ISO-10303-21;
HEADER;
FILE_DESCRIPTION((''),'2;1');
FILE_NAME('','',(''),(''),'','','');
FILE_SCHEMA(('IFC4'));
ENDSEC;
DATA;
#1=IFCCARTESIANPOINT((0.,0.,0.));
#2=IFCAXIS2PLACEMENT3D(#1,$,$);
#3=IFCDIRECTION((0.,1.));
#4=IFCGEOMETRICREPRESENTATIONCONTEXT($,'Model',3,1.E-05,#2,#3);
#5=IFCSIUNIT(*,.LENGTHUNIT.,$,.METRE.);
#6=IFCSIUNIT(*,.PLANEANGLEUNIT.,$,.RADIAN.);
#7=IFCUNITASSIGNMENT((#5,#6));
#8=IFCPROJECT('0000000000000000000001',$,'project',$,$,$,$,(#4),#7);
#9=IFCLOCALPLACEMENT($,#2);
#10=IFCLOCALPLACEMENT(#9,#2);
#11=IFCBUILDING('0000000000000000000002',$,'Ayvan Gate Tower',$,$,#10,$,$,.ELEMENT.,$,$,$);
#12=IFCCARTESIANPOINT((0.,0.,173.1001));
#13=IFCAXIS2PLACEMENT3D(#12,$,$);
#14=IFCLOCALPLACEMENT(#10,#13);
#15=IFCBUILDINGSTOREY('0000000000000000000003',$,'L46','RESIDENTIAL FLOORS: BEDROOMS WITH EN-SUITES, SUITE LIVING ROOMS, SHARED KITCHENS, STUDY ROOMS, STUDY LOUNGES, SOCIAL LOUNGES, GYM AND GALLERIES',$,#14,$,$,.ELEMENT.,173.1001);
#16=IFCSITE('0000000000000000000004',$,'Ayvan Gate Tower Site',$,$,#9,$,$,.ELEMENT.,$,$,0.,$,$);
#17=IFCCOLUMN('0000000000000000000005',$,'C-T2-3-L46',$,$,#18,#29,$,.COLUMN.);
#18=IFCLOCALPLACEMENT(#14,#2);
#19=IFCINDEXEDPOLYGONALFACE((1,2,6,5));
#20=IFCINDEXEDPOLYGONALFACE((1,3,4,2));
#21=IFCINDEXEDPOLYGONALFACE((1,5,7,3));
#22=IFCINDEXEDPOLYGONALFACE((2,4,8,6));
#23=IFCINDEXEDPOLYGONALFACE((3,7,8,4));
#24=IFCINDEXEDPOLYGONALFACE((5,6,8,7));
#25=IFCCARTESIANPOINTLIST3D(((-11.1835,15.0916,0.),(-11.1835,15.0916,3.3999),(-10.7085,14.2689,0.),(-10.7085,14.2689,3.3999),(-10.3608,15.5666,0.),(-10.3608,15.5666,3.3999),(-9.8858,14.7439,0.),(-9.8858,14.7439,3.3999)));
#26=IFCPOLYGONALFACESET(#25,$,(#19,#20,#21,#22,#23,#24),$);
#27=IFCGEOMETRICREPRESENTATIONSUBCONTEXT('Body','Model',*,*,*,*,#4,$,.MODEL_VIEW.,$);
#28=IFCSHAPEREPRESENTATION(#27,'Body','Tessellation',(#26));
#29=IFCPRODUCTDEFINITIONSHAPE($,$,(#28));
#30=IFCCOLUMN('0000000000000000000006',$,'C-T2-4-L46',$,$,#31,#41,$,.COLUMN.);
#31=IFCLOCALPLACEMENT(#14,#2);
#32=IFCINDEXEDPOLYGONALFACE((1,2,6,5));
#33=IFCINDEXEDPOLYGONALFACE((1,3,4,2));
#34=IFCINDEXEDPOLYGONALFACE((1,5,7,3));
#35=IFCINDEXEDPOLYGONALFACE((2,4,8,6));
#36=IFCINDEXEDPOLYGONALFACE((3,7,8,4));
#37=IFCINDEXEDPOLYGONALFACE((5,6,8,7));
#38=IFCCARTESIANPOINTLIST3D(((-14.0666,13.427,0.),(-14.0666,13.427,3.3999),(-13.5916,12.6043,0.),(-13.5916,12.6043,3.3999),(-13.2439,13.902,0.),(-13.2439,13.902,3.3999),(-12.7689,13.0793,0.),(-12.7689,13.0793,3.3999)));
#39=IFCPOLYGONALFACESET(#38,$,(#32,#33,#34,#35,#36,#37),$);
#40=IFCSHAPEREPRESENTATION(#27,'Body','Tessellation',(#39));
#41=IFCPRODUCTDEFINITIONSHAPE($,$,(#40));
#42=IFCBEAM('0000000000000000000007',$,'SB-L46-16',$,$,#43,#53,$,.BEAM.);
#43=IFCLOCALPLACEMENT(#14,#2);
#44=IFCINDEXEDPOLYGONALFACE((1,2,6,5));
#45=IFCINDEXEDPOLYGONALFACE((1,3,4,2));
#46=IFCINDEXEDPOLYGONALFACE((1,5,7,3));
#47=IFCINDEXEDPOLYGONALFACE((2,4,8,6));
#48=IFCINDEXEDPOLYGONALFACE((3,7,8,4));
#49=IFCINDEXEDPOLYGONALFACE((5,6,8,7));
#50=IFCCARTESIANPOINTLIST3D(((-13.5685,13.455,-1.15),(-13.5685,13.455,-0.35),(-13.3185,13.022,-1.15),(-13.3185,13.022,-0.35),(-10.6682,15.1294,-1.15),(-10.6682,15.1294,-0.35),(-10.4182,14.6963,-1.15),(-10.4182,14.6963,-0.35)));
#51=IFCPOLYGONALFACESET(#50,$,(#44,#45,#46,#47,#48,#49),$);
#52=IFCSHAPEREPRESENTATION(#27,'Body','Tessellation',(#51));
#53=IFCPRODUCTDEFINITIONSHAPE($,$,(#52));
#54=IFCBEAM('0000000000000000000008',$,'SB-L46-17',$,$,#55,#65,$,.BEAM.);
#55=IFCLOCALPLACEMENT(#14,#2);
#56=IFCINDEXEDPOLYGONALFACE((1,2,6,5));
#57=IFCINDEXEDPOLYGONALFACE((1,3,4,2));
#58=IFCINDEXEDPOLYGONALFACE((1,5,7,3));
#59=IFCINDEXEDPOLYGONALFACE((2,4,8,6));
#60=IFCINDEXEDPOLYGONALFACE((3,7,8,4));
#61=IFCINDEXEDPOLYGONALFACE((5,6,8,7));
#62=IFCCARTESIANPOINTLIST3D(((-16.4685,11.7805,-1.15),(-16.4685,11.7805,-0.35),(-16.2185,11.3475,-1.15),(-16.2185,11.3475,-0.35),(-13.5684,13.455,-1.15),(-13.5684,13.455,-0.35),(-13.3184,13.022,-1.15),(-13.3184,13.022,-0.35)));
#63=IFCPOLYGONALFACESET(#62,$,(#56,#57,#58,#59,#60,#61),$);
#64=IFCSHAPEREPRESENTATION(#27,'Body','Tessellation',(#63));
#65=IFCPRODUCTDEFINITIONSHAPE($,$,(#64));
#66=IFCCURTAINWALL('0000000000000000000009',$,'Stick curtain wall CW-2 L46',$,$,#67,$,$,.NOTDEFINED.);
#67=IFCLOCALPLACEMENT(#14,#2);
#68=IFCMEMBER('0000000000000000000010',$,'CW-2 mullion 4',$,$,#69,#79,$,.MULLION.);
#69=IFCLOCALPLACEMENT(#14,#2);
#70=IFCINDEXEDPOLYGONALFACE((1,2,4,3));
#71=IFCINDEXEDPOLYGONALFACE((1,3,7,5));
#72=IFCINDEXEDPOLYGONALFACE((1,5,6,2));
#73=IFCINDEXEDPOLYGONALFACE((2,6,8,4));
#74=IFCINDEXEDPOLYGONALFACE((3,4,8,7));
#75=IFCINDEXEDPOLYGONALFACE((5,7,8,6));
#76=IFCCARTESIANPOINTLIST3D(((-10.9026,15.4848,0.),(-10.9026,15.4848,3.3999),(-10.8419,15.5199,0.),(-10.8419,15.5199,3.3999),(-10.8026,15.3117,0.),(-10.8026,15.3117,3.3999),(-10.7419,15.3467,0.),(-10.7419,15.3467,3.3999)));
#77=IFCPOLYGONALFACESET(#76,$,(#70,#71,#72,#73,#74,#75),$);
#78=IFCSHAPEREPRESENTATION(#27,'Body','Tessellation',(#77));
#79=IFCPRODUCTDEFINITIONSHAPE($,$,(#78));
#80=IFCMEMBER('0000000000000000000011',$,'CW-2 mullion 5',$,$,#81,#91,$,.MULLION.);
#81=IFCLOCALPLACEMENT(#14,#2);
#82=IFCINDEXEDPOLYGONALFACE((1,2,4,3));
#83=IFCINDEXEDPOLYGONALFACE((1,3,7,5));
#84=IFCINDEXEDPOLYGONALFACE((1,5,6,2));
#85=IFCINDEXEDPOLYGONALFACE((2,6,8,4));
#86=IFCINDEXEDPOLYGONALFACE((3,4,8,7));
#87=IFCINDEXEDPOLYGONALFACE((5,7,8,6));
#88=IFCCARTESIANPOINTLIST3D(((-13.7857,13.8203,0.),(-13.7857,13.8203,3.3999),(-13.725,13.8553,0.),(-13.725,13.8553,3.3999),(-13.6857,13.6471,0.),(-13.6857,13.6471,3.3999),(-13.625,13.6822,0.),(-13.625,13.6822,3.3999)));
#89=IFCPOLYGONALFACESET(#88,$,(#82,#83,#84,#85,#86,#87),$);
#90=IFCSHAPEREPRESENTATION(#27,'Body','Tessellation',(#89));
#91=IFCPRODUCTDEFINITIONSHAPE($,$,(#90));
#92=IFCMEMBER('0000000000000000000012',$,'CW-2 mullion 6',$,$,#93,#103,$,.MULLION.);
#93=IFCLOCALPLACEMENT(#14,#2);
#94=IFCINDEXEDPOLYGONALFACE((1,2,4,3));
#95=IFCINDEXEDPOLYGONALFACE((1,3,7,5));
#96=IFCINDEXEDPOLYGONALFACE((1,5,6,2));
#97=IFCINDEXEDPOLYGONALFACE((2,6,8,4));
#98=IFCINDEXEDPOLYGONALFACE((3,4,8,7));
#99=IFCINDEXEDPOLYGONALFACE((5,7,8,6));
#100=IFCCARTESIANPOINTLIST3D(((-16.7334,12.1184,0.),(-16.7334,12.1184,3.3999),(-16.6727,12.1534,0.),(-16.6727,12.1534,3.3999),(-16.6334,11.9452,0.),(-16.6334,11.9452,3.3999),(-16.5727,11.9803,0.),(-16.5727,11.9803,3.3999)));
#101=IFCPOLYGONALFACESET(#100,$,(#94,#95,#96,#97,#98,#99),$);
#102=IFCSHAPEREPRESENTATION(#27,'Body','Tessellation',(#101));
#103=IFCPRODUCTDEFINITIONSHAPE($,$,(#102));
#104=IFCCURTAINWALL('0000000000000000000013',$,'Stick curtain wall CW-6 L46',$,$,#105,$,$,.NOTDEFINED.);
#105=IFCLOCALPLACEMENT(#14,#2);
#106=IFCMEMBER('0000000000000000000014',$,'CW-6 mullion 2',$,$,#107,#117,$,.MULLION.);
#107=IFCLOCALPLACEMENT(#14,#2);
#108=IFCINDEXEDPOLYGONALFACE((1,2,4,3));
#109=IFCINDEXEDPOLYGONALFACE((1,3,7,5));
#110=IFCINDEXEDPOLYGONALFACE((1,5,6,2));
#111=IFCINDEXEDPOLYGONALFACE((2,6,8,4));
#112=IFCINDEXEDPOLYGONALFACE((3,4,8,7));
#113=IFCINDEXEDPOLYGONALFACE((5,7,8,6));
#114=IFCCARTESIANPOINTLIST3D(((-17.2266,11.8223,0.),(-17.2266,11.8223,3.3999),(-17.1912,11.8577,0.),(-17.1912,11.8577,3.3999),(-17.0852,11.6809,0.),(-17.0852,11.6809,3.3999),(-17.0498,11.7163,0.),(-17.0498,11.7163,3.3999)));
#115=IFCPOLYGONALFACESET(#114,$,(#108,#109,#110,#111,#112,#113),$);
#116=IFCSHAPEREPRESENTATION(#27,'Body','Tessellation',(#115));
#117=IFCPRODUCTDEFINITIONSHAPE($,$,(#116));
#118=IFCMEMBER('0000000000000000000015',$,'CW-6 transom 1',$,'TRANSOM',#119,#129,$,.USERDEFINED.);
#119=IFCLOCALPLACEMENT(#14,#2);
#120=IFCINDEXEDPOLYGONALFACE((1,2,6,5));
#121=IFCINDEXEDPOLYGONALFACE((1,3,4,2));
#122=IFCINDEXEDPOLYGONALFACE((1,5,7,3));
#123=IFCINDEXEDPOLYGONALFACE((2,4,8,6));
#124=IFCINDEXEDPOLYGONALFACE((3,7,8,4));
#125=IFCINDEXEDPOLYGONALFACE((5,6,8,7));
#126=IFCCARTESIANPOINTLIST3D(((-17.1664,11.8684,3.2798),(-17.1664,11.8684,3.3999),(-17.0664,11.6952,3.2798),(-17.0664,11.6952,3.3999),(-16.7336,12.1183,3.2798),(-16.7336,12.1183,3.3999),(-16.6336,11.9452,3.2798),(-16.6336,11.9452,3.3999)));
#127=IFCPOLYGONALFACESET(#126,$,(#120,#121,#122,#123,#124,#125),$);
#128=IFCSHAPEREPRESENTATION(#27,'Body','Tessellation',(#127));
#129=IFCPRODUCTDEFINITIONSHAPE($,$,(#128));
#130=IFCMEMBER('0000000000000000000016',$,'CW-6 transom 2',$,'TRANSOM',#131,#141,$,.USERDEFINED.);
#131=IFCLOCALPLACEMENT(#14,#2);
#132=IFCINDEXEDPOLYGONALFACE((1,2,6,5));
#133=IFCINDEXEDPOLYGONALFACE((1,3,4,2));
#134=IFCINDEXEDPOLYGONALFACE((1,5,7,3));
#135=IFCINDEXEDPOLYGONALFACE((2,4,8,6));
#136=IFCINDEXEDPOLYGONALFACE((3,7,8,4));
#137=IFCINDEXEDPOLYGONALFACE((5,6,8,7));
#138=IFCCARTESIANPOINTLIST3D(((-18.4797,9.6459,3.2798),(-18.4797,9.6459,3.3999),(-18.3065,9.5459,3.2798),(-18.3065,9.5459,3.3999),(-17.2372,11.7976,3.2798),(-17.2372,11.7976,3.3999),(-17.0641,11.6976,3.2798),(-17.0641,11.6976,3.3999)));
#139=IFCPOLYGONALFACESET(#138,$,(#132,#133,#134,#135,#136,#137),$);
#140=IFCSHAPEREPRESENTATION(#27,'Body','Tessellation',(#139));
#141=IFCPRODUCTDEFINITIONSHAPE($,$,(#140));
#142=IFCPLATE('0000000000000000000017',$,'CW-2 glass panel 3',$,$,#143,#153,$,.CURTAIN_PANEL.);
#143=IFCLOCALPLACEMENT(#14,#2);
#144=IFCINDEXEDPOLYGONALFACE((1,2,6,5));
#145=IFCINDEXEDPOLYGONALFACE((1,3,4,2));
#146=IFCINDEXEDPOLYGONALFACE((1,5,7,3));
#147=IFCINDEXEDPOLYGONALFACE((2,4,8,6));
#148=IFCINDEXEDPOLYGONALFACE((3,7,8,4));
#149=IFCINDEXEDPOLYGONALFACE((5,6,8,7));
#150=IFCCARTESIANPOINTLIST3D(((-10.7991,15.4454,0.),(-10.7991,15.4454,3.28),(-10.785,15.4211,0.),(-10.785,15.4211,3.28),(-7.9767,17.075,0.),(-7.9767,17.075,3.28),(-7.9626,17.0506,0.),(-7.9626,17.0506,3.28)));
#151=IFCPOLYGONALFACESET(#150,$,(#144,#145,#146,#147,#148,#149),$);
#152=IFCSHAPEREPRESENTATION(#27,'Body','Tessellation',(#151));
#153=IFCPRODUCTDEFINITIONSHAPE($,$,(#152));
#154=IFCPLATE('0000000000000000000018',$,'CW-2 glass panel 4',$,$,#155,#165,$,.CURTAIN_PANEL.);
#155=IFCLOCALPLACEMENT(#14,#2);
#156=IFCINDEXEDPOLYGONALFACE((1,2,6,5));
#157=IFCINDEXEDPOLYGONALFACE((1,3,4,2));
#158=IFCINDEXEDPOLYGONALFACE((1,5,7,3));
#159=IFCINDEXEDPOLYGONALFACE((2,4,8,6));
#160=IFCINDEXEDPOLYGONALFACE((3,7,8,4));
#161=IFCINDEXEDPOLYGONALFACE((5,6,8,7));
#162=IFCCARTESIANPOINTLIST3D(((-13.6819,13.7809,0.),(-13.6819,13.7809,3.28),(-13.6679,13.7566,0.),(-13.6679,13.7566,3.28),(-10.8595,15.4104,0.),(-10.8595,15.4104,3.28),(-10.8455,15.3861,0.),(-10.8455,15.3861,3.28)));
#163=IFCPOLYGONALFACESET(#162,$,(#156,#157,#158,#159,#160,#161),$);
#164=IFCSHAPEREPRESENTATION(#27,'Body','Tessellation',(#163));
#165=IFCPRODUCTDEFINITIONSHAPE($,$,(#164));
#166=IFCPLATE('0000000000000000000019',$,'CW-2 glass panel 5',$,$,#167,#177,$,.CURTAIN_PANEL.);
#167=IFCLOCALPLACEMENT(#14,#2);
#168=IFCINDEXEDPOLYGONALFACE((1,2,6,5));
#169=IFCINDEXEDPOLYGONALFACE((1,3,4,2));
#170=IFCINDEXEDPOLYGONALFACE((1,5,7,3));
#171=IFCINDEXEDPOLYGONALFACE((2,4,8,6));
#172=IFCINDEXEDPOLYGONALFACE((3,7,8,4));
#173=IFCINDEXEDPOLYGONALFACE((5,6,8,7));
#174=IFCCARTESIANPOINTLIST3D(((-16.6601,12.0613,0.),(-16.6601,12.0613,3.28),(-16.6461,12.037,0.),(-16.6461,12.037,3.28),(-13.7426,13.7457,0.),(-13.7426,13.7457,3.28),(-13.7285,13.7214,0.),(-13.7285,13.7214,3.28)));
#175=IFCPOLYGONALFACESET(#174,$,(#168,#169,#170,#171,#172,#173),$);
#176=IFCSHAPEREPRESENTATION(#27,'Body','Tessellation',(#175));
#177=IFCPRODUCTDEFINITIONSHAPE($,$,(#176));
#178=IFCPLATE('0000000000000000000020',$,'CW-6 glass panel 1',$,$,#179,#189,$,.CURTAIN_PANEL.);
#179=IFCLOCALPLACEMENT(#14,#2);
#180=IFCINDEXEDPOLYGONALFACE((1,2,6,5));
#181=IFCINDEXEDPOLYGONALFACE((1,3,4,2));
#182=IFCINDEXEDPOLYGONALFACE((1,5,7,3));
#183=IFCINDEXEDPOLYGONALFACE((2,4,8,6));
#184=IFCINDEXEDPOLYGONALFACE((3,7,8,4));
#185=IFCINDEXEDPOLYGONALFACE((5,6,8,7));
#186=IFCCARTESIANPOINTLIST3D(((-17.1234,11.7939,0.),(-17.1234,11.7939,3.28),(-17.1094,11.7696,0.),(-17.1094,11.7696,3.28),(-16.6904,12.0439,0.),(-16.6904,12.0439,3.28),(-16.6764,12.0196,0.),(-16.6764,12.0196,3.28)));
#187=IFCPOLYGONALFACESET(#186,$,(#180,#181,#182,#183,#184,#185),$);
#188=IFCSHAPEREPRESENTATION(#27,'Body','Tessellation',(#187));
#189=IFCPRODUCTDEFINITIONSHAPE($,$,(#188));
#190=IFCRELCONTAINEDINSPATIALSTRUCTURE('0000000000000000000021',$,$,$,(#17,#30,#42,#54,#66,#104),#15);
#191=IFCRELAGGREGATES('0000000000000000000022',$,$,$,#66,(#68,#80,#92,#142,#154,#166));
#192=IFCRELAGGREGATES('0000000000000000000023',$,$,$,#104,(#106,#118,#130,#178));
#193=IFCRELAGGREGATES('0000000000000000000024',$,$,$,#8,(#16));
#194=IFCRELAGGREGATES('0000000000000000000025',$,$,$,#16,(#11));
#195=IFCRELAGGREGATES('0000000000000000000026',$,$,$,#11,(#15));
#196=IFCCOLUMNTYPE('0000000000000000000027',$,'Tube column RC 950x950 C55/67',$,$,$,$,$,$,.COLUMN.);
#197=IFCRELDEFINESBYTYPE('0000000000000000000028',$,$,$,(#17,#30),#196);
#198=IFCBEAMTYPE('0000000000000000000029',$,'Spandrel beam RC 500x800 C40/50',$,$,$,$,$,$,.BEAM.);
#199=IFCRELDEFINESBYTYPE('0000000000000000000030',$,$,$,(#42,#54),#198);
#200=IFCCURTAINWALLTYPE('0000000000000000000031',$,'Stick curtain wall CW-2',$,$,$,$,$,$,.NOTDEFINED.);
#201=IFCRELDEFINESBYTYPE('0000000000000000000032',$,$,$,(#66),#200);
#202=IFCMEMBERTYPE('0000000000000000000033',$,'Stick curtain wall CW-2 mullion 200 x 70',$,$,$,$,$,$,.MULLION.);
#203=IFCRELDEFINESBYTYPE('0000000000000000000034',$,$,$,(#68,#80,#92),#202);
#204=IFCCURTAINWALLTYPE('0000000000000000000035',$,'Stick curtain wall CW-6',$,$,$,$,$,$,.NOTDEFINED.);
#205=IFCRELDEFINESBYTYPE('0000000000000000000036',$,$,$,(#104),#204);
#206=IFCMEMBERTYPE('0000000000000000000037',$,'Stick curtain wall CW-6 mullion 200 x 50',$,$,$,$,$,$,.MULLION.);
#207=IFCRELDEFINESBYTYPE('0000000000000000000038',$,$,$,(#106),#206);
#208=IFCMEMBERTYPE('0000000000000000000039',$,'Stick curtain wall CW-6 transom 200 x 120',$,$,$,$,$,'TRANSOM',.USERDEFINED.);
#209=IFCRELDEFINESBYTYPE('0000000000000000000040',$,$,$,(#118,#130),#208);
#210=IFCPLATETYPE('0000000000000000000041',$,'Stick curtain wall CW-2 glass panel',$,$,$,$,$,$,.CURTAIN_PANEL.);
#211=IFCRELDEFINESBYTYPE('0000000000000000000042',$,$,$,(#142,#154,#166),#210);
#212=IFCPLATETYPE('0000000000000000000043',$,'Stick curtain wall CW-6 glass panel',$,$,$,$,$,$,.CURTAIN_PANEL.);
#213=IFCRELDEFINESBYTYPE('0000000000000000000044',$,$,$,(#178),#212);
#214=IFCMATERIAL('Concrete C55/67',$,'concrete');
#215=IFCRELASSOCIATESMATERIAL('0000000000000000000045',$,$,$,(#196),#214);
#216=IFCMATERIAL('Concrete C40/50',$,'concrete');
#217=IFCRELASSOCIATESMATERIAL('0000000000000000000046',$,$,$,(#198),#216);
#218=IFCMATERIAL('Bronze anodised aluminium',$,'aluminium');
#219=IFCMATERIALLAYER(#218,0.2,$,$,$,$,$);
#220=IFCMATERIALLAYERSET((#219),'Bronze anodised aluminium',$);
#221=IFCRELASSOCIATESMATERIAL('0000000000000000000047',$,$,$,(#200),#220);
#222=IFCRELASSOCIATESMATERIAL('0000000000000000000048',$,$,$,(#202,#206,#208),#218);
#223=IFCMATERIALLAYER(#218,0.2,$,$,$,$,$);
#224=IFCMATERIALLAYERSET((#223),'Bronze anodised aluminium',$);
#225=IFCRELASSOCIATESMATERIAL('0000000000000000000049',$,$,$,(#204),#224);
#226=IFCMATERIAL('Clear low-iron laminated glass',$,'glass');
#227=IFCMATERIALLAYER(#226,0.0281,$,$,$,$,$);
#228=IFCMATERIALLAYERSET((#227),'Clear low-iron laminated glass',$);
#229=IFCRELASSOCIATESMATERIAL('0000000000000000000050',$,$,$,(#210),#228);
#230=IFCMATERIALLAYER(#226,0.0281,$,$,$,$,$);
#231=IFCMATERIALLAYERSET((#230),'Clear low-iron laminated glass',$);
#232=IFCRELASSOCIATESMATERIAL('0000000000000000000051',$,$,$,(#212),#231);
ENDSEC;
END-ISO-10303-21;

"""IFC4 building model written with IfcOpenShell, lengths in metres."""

from ifc_helpers import new_model, si_unit, direction, frame, origin, origin_2d, place, context, subcontext, project, spatial, rectangle, extrude, material, layer, layer_set, material_profile, profile_set, type_object, element, aggregate, save


model = new_model("IFC4")

# Units and contexts
model_context = context("Model", 3, precision=1e-05, world=origin(), true_north=direction((0.0, 1.0)))
body_context = subcontext(model_context, "Body", "Model", "MODEL_VIEW")
ifc_project = project(units=[si_unit("LENGTHUNIT", "METRE"), si_unit("PLANEANGLEUNIT", "RADIAN")], contexts=[model_context])

# Site, building, storey
site_placement = place(None, origin())
site = spatial("IfcSite", under=ifc_project, at=site_placement, Name="Ayvan Gate Tower Site", CompositionType="ELEMENT", RefElevation=0.0)
building_placement = place(site_placement, origin())
building = spatial("IfcBuilding", under=site, at=building_placement, Name="Ayvan Gate Tower", CompositionType="ELEMENT")
storey_placement = place(building_placement, frame((0.0, 0.0, 173.1001)))
storey = spatial("IfcBuildingStorey", under=building, at=storey_placement, Name="L46", Description="RESIDENTIAL FLOORS: BEDROOMS WITH EN-SUITES, SUITE LIVING ROOMS, SHARED KITCHENS, STUDY ROOMS, STUDY LOUNGES, SOCIAL LOUNGES, GYM AND GALLERIES", CompositionType="ELEMENT", Elevation=173.1001)

# Columns
ifc_material_1 = material(Name="Concrete C55/67", Category="concrete")
ifc_material_profile_1 = material_profile(ifc_material_1, rectangle(XDim=0.95, YDim=0.95, at=origin_2d()), Name="RC 950x950")
ifc_profile_set_1 = profile_set([ifc_material_profile_1], Name="Concrete C55/67")
column_type = type_object("IfcColumnType", Name="Tube column RC 950x950 C55/67", PredefinedType="COLUMN", material=ifc_profile_set_1)
for number, where, z_axis, x_axis, name in (
    (1, (-10.5347, 14.9177, 0.0), (0.0, 0.0, 1.0), (-0.5, 0.866025, 0.0), "C-T2-3-L46"),
    (2, (-13.4177, 13.2532, 0.0), (0.0, 0.0, 1.0), (-0.5, 0.866025, 0.0), "C-T2-4-L46"),
):
    element("IfcColumn", number, at=place(storey_placement, frame(where, z_axis=z_axis, x_axis=x_axis)), inside=storey, type_object=column_type, Name=name, PredefinedType="COLUMN", context=body_context, shape_type="SweptSolid", body=[
        extrude(rectangle(XDim=0.95, YDim=0.95, at=origin_2d()), origin(), (0.0, 0.0, 1.0), 3.3999),
    ])

# Beams
ifc_material_2 = material(Name="Concrete C40/50", Category="concrete")
ifc_material_profile_2 = material_profile(ifc_material_2, rectangle(XDim=0.5, YDim=0.8, at=origin_2d()), Name="RC 500x800")
ifc_profile_set_2 = profile_set([ifc_material_profile_2], Name="Concrete C40/50")
beam_type = type_object("IfcBeamType", Name="Spandrel beam RC 500x800 C40/50", PredefinedType="BEAM", material=ifc_profile_set_2)
for number, where, z_axis, x_axis, name in (
    (3, (-10.5432, 14.9128, -0.75), (-0.866036, -0.499981, 0.0), (0.499981, -0.866036, 0.0), "SB-L46-16"),
    (4, (-13.4434, 13.2385, -0.75), (-0.866005, -0.500036, 0.0), (0.500036, -0.866005, 0.0), "SB-L46-17"),
):
    element("IfcBeam", number, at=place(storey_placement, frame(where, z_axis=z_axis, x_axis=x_axis)), inside=storey, type_object=beam_type, Name=name, PredefinedType="BEAM", context=body_context, shape_type="SweptSolid", body=[
        extrude(rectangle(XDim=0.5, YDim=0.8, at=origin_2d()), origin(), (0.0, 0.0, 1.0), 3.3489),
    ])

# Curtain walls, members
ifc_material_3 = material(Name="Bronze anodised aluminium", Category="aluminium")
ifc_layer_1 = layer(ifc_material_3, 0.2)
ifc_layer_set_1 = layer_set([ifc_layer_1], Name="Bronze anodised aluminium")
curtain_wall_type_1 = type_object("IfcCurtainWallType", Name="Stick curtain wall CW-2", PredefinedType="NOTDEFINED", material=ifc_layer_set_1)
curtain_wall_1_placement = place(storey_placement, origin())
curtain_wall_1 = element("IfcCurtainWall", 5, at=curtain_wall_1_placement, inside=storey, type_object=curtain_wall_type_1, Name="Stick curtain wall CW-2 L46", PredefinedType="NOTDEFINED")
ifc_material_profile_3 = material_profile(ifc_material_3, rectangle(XDim=0.2, YDim=0.0701, at=origin_2d()), Name="Stick curtain wall CW-2 mullion 200 x 70")
ifc_profile_set_3 = profile_set([ifc_material_profile_3], Name="Bronze anodised aluminium")
member_type_1 = type_object("IfcMemberType", Name="Stick curtain wall CW-2 mullion 200 x 70", PredefinedType="MULLION", material=ifc_profile_set_3)
member_1_placement = place(storey_placement, frame((-10.8223, 15.4158, 0.0), z_axis=(0.0, 0.0, 1.0), x_axis=(-0.5, 0.866025, 0.0)))
member_1 = element("IfcMember", 6, at=member_1_placement, type_object=member_type_1, Name="CW-2 mullion 4", PredefinedType="MULLION", context=body_context, shape_type="SweptSolid", body=[
    extrude(rectangle(XDim=0.2, YDim=0.0701, at=origin_2d()), origin(), (0.0, 0.0, 1.0), 3.3999),
])
member_2_placement = place(storey_placement, frame((-13.7053, 13.7512, 0.0), z_axis=(0.0, 0.0, 1.0), x_axis=(-0.5, 0.866025, 0.0)))
member_2 = element("IfcMember", 7, at=member_2_placement, type_object=member_type_1, Name="CW-2 mullion 5", PredefinedType="MULLION", context=body_context, shape_type="SweptSolid", body=[
    extrude(rectangle(XDim=0.2, YDim=0.0701, at=origin_2d()), origin(), (0.0, 0.0, 1.0), 3.3999),
])
member_3_placement = place(storey_placement, frame((-16.6531, 12.0493, 0.0), z_axis=(0.0, 0.0, 1.0), x_axis=(-0.5, 0.866025, 0.0)))
member_3 = element("IfcMember", 8, at=member_3_placement, type_object=member_type_1, Name="CW-2 mullion 6", PredefinedType="MULLION", context=body_context, shape_type="SweptSolid", body=[
    extrude(rectangle(XDim=0.2, YDim=0.0701, at=origin_2d()), origin(), (0.0, 0.0, 1.0), 3.3999),
])
ifc_layer_2 = layer(ifc_material_3, 0.2)
ifc_layer_set_2 = layer_set([ifc_layer_2], Name="Bronze anodised aluminium")
curtain_wall_type_2 = type_object("IfcCurtainWallType", Name="Stick curtain wall CW-6", PredefinedType="NOTDEFINED", material=ifc_layer_set_2)
curtain_wall_2_placement = place(storey_placement, origin())
curtain_wall_2 = element("IfcCurtainWall", 9, at=curtain_wall_2_placement, inside=storey, type_object=curtain_wall_type_2, Name="Stick curtain wall CW-6 L46", PredefinedType="NOTDEFINED")
ifc_material_profile_4 = material_profile(ifc_material_3, rectangle(XDim=0.2, YDim=0.05, at=origin_2d()), Name="Stick curtain wall CW-6 mullion 200 x 50")
ifc_profile_set_4 = profile_set([ifc_material_profile_4], Name="Bronze anodised aluminium")
member_type_2 = type_object("IfcMemberType", Name="Stick curtain wall CW-6 mullion 200 x 50", PredefinedType="MULLION", material=ifc_profile_set_4)
member_4_placement = place(storey_placement, frame((-17.1382, 11.7693, 0.0), z_axis=(0.0, 0.0, 1.0), x_axis=(-0.707107, 0.707107, 0.0)))
member_4 = element("IfcMember", 10, at=member_4_placement, type_object=member_type_2, Name="CW-6 mullion 2", PredefinedType="MULLION", context=body_context, shape_type="SweptSolid", body=[
    extrude(rectangle(XDim=0.2, YDim=0.05, at=origin_2d()), origin(), (0.0, 0.0, 1.0), 3.3999),
])
ifc_material_profile_5 = material_profile(ifc_material_3, rectangle(XDim=0.2, YDim=0.1201, at=origin_2d()), Name="Stick curtain wall CW-6 transom 200 x 120")
ifc_profile_set_5 = profile_set([ifc_material_profile_5], Name="Bronze anodised aluminium")
member_type_3 = type_object("IfcMemberType", Name="Stick curtain wall CW-6 transom 200 x 120", ElementType="TRANSOM", PredefinedType="USERDEFINED", material=ifc_profile_set_5)
member_5_placement = place(storey_placement, frame((-16.6836, 12.0317, 3.3398), z_axis=(-0.86595, -0.500131, 0.0), x_axis=(0.500131, -0.86595, 0.0)))
member_5 = element("IfcMember", 11, at=member_5_placement, type_object=member_type_3, Name="CW-6 transom 1", ObjectType="TRANSOM", PredefinedType="USERDEFINED", context=body_context, shape_type="SweptSolid", body=[
    extrude(rectangle(XDim=0.2, YDim=0.1201, at=origin_2d()), origin(), (0.0, 0.0, 1.0), 0.4998),
])
member_6_placement = place(storey_placement, frame((-17.1506, 11.7476, 3.3398), z_axis=(-0.50006, -0.865991, 0.0), x_axis=(0.865991, -0.50006, 0.0)))
member_6 = element("IfcMember", 12, at=member_6_placement, type_object=member_type_3, Name="CW-6 transom 2", ObjectType="TRANSOM", PredefinedType="USERDEFINED", context=body_context, shape_type="SweptSolid", body=[
    extrude(rectangle(XDim=0.2, YDim=0.1201, at=origin_2d()), origin(), (0.0, 0.0, 1.0), 2.4846),
])

# Plates
ifc_material_4 = material(Name="Clear low-iron laminated glass", Category="glass")
ifc_layer_3 = layer(ifc_material_4, 0.0281)
ifc_layer_set_3 = layer_set([ifc_layer_3], Name="Clear low-iron laminated glass")
plate_type_1 = type_object("IfcPlateType", Name="Stick curtain wall CW-2 glass panel", PredefinedType="CURTAIN_PANEL", material=ifc_layer_set_3)
plate_1_placement = place(storey_placement, frame((-9.3809, 16.248, 0.0), z_axis=(0.0, 0.0, 1.0), x_axis=(-0.866025, -0.5, 0.0)))
plate_1 = element("IfcPlate", 13, at=plate_1_placement, type_object=plate_type_1, Name="CW-2 glass panel 3", PredefinedType="CURTAIN_PANEL", context=body_context, shape_type="SweptSolid", body=[
    extrude(rectangle(XDim=3.259, YDim=0.0281, at=origin_2d()), origin(), (0.0, 0.0, 1.0), 3.28),
])
plate_2_placement = place(storey_placement, frame((-12.2637, 14.5835, 0.0), z_axis=(0.0, 0.0, 1.0), x_axis=(-0.866025, -0.5, 0.0)))
plate_2 = element("IfcPlate", 14, at=plate_2_placement, type_object=plate_type_1, Name="CW-2 glass panel 4", PredefinedType="CURTAIN_PANEL", context=body_context, shape_type="SweptSolid", body=[
    extrude(rectangle(XDim=3.259, YDim=0.0281, at=origin_2d()), origin(), (0.0, 0.0, 1.0), 3.28),
])
plate_3_placement = place(storey_placement, frame((-15.1943, 12.8914, 0.0), z_axis=(0.0, 0.0, 1.0), x_axis=(-0.866025, -0.5, 0.0)))
plate_3 = element("IfcPlate", 15, at=plate_3_placement, type_object=plate_type_1, Name="CW-2 glass panel 5", PredefinedType="CURTAIN_PANEL", context=body_context, shape_type="SweptSolid", body=[
    extrude(rectangle(XDim=3.3689, YDim=0.0281, at=origin_2d()), origin(), (0.0, 0.0, 1.0), 3.28),
])
aggregate(curtain_wall_1, [member_1, member_2, member_3, plate_1, plate_2, plate_3])
ifc_layer_4 = layer(ifc_material_4, 0.0281)
ifc_layer_set_4 = layer_set([ifc_layer_4], Name="Clear low-iron laminated glass")
plate_type_2 = type_object("IfcPlateType", Name="Stick curtain wall CW-6 glass panel", PredefinedType="CURTAIN_PANEL", material=ifc_layer_set_4)
plate_4_placement = place(storey_placement, frame((-16.8999, 11.9067, 0.0), z_axis=(0.0, 0.0, 1.0), x_axis=(-0.866025, -0.5, 0.0)))
plate_4 = element("IfcPlate", 16, at=plate_4_placement, type_object=plate_type_2, Name="CW-6 glass panel 1", PredefinedType="CURTAIN_PANEL", context=body_context, shape_type="SweptSolid", body=[
    extrude(rectangle(XDim=0.5, YDim=0.0281, at=origin_2d()), origin(), (0.0, 0.0, 1.0), 3.28),
])
aggregate(curtain_wall_2, [member_4, member_5, member_6, plate_4])

save(model, "model.ifc")
